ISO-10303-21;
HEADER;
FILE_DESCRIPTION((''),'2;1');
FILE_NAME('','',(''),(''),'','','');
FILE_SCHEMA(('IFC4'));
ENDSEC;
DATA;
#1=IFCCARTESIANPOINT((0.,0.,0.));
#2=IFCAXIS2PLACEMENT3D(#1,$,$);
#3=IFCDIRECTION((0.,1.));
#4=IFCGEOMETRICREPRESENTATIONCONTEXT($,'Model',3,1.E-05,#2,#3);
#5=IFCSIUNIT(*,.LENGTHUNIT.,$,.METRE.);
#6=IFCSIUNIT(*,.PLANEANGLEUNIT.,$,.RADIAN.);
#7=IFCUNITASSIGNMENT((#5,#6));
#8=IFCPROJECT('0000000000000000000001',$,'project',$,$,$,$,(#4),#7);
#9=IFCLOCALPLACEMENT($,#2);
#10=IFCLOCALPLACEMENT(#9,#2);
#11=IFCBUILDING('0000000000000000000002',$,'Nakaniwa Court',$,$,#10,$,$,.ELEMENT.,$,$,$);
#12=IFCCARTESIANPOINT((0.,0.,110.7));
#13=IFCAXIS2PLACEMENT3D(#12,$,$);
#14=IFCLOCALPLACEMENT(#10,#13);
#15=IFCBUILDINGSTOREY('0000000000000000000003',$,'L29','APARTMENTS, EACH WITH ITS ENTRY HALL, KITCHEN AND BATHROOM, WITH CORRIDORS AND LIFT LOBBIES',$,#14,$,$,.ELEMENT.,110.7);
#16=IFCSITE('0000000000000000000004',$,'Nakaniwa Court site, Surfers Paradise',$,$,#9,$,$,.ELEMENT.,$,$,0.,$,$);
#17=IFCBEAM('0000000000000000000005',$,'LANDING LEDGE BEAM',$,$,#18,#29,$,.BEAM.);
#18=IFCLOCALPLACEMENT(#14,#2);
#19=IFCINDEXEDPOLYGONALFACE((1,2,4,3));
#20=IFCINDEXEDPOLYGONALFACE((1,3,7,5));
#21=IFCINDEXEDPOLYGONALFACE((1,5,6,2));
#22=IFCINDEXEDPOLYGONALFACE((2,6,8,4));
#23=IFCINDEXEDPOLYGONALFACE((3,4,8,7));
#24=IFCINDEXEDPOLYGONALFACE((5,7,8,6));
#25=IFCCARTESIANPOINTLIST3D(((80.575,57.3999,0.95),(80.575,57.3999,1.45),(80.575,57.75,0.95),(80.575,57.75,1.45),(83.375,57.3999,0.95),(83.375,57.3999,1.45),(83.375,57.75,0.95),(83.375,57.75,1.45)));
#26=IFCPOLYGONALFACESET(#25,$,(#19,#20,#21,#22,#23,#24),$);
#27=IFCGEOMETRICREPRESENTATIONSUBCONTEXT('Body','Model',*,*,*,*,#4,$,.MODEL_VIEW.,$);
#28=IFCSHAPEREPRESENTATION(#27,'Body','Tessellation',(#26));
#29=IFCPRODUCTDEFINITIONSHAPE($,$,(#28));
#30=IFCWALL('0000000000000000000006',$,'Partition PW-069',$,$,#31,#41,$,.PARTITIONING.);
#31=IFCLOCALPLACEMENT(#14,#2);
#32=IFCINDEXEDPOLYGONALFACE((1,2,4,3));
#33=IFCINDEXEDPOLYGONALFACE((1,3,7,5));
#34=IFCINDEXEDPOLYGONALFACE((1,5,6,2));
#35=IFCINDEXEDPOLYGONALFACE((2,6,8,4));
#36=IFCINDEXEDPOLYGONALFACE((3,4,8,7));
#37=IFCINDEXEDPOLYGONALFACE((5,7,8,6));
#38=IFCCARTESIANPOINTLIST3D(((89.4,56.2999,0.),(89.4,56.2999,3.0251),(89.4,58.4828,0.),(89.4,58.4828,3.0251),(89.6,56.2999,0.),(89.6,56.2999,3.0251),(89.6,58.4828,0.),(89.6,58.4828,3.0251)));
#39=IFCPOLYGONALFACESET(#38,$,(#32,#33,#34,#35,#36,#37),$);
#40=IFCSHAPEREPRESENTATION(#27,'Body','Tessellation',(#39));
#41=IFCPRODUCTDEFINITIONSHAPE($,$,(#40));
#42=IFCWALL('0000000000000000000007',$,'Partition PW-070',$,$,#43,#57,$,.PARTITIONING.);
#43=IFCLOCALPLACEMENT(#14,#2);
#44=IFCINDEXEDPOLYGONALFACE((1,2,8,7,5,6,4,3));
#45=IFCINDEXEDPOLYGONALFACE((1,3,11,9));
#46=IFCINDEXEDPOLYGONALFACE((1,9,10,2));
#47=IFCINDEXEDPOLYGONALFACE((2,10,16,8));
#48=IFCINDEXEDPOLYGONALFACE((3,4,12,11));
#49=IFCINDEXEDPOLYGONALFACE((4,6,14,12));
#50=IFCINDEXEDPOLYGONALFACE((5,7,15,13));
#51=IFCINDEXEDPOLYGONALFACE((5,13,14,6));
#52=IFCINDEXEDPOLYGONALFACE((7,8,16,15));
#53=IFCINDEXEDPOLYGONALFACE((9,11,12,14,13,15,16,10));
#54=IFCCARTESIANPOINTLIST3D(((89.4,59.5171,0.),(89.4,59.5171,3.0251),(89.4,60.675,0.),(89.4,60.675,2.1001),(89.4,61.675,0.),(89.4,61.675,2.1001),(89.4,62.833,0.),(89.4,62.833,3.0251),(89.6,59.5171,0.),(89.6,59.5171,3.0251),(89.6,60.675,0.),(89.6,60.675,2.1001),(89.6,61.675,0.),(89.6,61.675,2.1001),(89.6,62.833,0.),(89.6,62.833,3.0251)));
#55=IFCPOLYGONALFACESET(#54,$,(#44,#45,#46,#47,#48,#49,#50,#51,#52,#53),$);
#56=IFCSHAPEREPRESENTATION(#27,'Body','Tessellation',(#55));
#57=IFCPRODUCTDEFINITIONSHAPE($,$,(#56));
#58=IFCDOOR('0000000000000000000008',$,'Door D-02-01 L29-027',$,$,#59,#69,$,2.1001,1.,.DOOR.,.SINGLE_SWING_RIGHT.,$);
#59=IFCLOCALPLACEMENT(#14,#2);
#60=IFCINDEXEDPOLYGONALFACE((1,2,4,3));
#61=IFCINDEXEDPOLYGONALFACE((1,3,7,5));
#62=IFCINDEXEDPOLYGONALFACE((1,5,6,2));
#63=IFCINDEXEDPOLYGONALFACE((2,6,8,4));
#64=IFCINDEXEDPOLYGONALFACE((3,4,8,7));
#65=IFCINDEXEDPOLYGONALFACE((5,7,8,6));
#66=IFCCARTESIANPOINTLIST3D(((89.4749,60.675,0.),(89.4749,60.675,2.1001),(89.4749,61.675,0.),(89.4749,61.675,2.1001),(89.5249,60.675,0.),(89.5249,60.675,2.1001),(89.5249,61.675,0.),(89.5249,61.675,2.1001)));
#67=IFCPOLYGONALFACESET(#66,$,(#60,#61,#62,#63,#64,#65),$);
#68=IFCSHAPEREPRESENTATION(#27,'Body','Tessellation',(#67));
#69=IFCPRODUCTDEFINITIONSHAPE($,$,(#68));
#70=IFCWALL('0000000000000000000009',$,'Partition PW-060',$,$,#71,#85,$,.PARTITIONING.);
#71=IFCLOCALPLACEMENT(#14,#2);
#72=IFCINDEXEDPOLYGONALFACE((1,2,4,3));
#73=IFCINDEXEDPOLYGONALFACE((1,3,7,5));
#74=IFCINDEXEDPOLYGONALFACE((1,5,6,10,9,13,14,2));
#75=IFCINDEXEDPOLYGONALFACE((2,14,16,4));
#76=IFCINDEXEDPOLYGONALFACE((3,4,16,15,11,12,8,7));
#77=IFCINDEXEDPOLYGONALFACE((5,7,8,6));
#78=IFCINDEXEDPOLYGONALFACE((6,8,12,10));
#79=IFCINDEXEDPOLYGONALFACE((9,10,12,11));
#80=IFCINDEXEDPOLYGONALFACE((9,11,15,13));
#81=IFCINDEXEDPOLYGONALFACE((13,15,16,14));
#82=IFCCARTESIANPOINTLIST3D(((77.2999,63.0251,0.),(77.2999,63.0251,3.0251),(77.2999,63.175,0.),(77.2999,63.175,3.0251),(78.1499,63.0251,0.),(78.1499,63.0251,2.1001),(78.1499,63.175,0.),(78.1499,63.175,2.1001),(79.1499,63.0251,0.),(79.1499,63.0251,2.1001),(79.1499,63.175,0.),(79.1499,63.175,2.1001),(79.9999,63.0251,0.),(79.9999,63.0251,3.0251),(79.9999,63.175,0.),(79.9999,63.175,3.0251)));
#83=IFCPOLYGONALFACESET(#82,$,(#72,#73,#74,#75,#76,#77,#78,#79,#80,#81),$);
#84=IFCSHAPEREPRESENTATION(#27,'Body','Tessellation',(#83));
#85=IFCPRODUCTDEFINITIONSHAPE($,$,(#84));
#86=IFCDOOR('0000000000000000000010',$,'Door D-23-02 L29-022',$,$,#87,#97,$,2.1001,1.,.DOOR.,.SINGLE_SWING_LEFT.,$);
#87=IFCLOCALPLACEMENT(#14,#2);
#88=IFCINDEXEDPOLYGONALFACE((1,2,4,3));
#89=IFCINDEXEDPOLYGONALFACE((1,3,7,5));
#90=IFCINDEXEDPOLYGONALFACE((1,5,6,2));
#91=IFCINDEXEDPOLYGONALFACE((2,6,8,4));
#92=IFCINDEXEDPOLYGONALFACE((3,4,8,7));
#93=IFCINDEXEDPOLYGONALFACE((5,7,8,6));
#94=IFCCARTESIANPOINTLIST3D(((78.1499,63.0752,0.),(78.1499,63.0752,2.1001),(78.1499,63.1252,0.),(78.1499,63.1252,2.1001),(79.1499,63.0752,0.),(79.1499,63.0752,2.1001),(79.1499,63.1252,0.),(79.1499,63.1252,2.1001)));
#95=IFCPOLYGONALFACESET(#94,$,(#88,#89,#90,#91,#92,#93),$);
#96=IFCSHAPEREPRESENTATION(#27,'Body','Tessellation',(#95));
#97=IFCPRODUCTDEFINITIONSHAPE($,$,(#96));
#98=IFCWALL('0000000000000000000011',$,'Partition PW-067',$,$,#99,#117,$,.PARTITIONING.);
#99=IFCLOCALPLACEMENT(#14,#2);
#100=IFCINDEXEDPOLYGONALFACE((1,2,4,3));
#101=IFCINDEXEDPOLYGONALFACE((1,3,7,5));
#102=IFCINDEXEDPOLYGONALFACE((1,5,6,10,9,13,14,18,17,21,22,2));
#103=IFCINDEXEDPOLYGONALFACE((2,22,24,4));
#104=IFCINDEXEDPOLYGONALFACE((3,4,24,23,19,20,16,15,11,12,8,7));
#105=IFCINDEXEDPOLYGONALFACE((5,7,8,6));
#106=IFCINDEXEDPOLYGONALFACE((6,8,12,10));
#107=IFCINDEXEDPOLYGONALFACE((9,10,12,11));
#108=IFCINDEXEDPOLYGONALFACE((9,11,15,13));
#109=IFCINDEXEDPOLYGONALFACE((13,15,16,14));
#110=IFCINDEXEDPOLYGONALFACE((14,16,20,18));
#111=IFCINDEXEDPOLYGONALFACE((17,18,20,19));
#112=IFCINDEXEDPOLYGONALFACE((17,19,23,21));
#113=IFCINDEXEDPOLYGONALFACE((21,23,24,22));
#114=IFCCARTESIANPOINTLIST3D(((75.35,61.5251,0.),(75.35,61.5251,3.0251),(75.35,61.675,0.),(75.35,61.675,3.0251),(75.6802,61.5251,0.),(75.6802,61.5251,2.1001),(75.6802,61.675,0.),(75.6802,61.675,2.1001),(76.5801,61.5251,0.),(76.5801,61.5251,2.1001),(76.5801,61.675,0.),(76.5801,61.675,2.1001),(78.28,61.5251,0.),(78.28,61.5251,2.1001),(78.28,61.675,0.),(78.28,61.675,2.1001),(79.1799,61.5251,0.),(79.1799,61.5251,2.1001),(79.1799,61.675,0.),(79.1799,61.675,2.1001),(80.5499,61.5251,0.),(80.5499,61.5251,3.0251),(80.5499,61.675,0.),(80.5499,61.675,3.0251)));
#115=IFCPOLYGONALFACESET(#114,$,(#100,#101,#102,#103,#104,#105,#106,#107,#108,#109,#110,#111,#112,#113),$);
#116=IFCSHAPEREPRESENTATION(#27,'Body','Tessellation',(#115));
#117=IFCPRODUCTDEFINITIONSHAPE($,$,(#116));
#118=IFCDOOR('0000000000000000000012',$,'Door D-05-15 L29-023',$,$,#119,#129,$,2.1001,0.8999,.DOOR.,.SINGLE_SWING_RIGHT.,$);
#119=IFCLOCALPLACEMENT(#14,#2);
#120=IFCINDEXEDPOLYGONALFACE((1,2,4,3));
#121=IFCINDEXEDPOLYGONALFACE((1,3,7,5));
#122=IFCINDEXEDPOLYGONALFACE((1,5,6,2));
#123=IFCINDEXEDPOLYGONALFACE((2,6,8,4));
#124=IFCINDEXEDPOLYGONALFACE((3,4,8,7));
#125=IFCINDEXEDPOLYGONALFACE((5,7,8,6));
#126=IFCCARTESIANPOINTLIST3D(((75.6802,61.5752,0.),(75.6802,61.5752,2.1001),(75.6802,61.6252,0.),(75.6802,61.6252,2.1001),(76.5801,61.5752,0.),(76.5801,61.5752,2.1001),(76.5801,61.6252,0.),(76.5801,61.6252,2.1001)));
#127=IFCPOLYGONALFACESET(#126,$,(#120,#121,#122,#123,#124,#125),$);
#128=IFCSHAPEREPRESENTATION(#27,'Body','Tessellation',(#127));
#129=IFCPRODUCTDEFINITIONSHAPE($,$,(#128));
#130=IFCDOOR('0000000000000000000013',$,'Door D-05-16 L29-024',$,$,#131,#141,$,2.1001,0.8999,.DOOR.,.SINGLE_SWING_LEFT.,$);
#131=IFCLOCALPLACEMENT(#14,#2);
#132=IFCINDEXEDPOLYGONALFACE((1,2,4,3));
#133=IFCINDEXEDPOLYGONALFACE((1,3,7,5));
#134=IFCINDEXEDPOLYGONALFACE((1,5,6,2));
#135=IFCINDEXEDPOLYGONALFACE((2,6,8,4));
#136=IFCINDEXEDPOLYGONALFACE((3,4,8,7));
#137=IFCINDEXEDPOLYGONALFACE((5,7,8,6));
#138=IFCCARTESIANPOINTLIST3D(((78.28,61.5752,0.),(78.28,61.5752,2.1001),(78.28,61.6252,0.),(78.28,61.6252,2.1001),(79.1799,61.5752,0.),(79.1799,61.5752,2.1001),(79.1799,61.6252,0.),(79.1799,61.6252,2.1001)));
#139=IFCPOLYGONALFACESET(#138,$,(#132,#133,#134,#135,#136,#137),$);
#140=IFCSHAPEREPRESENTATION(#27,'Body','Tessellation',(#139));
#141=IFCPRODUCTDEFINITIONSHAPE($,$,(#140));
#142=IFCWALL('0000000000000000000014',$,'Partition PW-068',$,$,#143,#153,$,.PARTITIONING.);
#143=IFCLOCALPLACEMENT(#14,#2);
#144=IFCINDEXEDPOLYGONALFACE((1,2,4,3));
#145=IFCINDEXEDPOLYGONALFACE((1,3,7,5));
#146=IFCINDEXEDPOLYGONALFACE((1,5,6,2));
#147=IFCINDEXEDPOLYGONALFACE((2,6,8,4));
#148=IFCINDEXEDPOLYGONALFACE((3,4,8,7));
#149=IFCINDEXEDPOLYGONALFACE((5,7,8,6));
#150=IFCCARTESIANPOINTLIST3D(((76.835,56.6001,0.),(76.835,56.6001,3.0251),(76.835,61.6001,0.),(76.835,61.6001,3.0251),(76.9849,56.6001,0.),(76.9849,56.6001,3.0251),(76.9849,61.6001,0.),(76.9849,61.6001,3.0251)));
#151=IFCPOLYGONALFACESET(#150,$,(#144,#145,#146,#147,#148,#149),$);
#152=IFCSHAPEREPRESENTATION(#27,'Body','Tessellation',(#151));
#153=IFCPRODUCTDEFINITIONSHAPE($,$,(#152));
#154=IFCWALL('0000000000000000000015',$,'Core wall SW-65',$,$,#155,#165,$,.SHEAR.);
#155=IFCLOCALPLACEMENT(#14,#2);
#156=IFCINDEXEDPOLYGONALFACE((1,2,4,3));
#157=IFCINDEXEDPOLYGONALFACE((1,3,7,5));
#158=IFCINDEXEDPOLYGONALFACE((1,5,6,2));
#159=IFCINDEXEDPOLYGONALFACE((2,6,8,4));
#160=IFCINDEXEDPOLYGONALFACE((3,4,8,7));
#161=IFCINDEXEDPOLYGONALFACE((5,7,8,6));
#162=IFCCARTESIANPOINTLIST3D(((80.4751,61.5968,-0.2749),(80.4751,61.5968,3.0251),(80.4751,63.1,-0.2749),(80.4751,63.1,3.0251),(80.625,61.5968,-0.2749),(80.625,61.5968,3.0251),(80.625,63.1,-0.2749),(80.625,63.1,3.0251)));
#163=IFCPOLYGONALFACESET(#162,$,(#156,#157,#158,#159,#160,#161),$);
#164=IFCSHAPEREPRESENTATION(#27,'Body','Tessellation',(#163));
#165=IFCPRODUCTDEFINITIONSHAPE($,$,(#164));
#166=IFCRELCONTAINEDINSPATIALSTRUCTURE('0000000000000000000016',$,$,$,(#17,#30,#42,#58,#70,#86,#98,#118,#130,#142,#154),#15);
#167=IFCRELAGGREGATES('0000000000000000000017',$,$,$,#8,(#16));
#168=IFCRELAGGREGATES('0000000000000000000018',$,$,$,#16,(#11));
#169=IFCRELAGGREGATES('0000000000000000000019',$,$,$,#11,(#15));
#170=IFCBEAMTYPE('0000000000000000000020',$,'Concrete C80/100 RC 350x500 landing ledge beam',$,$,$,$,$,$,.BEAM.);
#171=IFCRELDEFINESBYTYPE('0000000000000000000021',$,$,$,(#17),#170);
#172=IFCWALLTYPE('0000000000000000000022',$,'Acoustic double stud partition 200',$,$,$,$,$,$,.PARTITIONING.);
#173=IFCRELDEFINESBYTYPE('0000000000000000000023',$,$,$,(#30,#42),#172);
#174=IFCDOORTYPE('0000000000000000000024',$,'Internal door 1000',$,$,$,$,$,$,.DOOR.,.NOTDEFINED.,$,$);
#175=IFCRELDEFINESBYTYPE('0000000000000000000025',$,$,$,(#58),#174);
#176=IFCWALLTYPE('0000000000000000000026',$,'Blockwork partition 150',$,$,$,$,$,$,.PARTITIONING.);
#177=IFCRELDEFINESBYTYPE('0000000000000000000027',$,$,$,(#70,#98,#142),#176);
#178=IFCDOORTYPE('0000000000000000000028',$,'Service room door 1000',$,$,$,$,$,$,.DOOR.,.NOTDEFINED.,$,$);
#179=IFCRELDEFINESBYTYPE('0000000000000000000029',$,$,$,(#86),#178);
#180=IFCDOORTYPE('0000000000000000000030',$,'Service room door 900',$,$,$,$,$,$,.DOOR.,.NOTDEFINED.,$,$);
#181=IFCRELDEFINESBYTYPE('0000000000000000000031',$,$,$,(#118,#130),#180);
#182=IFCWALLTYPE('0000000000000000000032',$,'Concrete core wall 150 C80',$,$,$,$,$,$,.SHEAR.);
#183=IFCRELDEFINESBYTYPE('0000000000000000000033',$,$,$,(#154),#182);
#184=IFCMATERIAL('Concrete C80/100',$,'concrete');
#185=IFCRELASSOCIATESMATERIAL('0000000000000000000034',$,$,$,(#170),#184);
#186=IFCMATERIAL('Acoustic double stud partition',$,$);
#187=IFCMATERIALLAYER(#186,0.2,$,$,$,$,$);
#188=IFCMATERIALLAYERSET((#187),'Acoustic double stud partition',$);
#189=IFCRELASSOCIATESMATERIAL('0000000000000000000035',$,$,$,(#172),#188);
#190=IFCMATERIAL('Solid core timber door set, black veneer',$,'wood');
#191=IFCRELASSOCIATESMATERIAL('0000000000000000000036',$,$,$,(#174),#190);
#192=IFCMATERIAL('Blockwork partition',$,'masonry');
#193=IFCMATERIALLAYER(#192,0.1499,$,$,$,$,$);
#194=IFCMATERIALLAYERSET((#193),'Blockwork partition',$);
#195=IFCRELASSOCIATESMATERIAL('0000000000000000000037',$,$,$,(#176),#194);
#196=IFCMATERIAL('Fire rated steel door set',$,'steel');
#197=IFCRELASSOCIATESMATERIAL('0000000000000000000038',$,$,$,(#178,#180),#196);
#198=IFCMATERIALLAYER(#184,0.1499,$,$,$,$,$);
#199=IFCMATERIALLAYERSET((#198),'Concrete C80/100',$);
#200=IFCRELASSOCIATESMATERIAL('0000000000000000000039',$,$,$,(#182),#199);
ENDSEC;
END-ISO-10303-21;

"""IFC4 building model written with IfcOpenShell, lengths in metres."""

from ifc_helpers import new_model, si_unit, direction, frame, frame_2d, origin, origin_2d, place, context, subcontext, project, spatial, rectangle, extrude, material, layer, layer_set, material_profile, profile_set, type_object, element, fill, save


model = new_model("IFC4")

# Units and contexts
model_context = context("Model", 3, precision=1e-05, world=origin(), true_north=direction((0.0, 1.0)))
body_context = subcontext(model_context, "Body", "Model", "MODEL_VIEW")
ifc_project = project(units=[si_unit("LENGTHUNIT", "METRE"), si_unit("PLANEANGLEUNIT", "RADIAN")], contexts=[model_context])

# Site, building, storey
site_placement = place(None, origin())
site = spatial("IfcSite", under=ifc_project, at=site_placement, Name="Nakaniwa Court site, Surfers Paradise", CompositionType="ELEMENT", RefElevation=0.0)
building_placement = place(site_placement, origin())
building = spatial("IfcBuilding", under=site, at=building_placement, Name="Nakaniwa Court", CompositionType="ELEMENT")
storey_placement = place(building_placement, frame((0.0, 0.0, 110.7)))
storey = spatial("IfcBuildingStorey", under=building, at=storey_placement, Name="L29", Description="APARTMENTS, EACH WITH ITS ENTRY HALL, KITCHEN AND BATHROOM, WITH CORRIDORS AND LIFT LOBBIES", CompositionType="ELEMENT", Elevation=110.7)

# Beam
ifc_material_1 = material(Name="Concrete C80/100", Category="concrete")
ifc_material_profile = material_profile(ifc_material_1, rectangle(XDim=0.3501, YDim=0.5, at=origin_2d()), Name="Concrete C80/100 RC 350x500 landing ledge beam")
ifc_profile_set = profile_set([ifc_material_profile], Name="Concrete C80/100")
beam_type = type_object("IfcBeamType", Name="Concrete C80/100 RC 350x500 landing ledge beam", PredefinedType="BEAM", material=ifc_profile_set)
beam_placement = place(storey_placement, frame((80.575, 57.575, 1.2), z_axis=(1.0, 0.0, 0.0), x_axis=(0.0, 1.0, 0.0)))
element("IfcBeam", 1, at=beam_placement, inside=storey, type_object=beam_type, Name="LANDING LEDGE BEAM", PredefinedType="BEAM", context=body_context, shape_type="SweptSolid", body=[
    extrude(rectangle(XDim=0.3501, YDim=0.5, at=origin_2d()), origin(), (0.0, 0.0, 1.0), 2.8),
])

# Wall
ifc_material_2 = material(Name="Acoustic double stud partition")
ifc_layer_1 = layer(ifc_material_2, 0.2)
ifc_layer_set_1 = layer_set([ifc_layer_1], Name="Acoustic double stud partition")
wall_type_1 = type_object("IfcWallType", Name="Acoustic double stud partition 200", PredefinedType="PARTITIONING", material=ifc_layer_set_1)
wall_1_placement = place(storey_placement, frame((89.5, 56.3, 0.0), z_axis=(0.0, 0.0, 1.0), x_axis=(0.0, 1.0, 0.0)))
element("IfcWall", 2, at=wall_1_placement, inside=storey, type_object=wall_type_1, Name="Partition PW-069", PredefinedType="PARTITIONING", context=body_context, shape_type="SweptSolid", body=[
    extrude(rectangle(XDim=2.1829, YDim=0.2, at=frame_2d((1.0913, 0.0))), origin(), (0.0, 0.0, 1.0), 3.0251),
])

# Walls, openings, doors
wall_2_placement = place(storey_placement, frame((89.5, 62.833, 0.0), z_axis=(0.0, 0.0, 1.0), x_axis=(0.0, -1.0, 0.0)))
wall_2 = element("IfcWall", 3, at=wall_2_placement, inside=storey, type_object=wall_type_1, Name="Partition PW-070", PredefinedType="PARTITIONING", context=body_context, shape_type="SweptSolid", body=[
    extrude(rectangle(XDim=3.3159, YDim=0.2, at=frame_2d((1.658, 0.0))), origin(), (0.0, 0.0, 1.0), 3.0251),
])
opening_1_placement = place(wall_2_placement, frame((1.158, 0.0, 0.0)))
opening_1 = element("IfcOpeningElement", 4, at=opening_1_placement, cuts=wall_2, PredefinedType="OPENING", context=body_context, shape_type="SweptSolid", body=[
    extrude(rectangle(XDim=1.0, YDim=2.1001, at=frame_2d((0.5, 1.05))), frame((0.0, 0.1099, 0.0), z_axis=(0.0, -1.0, 0.0), x_axis=(1.0, 0.0, 0.0)), (0.0, 0.0, 1.0), 0.22),
])
ifc_material_3 = material(Name="Solid core timber door set, black veneer", Category="wood")
door_type_1 = type_object("IfcDoorType", Name="Internal door 1000", OperationType="NOTDEFINED", PredefinedType="DOOR", material=ifc_material_3)
door_1_placement = place(opening_1_placement, origin())
door_1 = element("IfcDoor", 5, at=door_1_placement, inside=storey, type_object=door_type_1, Name="Door D-02-01 L29-027", OperationType="SINGLE_SWING_RIGHT", OverallHeight=2.1001, OverallWidth=1.0, PredefinedType="DOOR", context=body_context, shape_type="SweptSolid", body=[
    extrude(rectangle(XDim=1.0, YDim=2.1001, at=frame_2d((0.5, 1.05))), frame((0.0, 0.0249, 0.0), z_axis=(0.0, -1.0, 0.0), x_axis=(1.0, 0.0, 0.0)), (0.0, 0.0, 1.0), 0.05),
])
fill(opening_1, door_1)
ifc_material_4 = material(Name="Blockwork partition", Category="masonry")
ifc_layer_2 = layer(ifc_material_4, 0.1499)
ifc_layer_set_2 = layer_set([ifc_layer_2], Name="Blockwork partition")
wall_type_2 = type_object("IfcWallType", Name="Blockwork partition 150", PredefinedType="PARTITIONING", material=ifc_layer_set_2)
wall_3_placement = place(storey_placement, frame((80.0, 63.1001, 0.0), z_axis=(0.0, 0.0, 1.0), x_axis=(-1.0, 0.0, 0.0)))
wall_3 = element("IfcWall", 6, at=wall_3_placement, inside=storey, type_object=wall_type_2, Name="Partition PW-060", PredefinedType="PARTITIONING", context=body_context, shape_type="SweptSolid", body=[
    extrude(rectangle(XDim=2.7, YDim=0.1499, at=frame_2d((1.3501, 0.0))), origin(), (0.0, 0.0, 1.0), 3.0251),
])
opening_2_placement = place(wall_3_placement, frame((0.8501, 0.0, 0.0)))
opening_2 = element("IfcOpeningElement", 7, at=opening_2_placement, cuts=wall_3, PredefinedType="OPENING", context=body_context, shape_type="SweptSolid", body=[
    extrude(rectangle(XDim=1.0, YDim=2.1001, at=frame_2d((0.5, 1.05))), frame((0.0, 0.085, 0.0), z_axis=(0.0, -1.0, 0.0), x_axis=(1.0, 0.0, 0.0)), (0.0, 0.0, 1.0), 0.1699),
])
ifc_material_5 = material(Name="Fire rated steel door set", Category="steel")
door_type_2 = type_object("IfcDoorType", Name="Service room door 1000", OperationType="NOTDEFINED", PredefinedType="DOOR", material=ifc_material_5)
door_2_placement = place(opening_2_placement, origin())
door_2 = element("IfcDoor", 8, at=door_2_placement, inside=storey, type_object=door_type_2, Name="Door D-23-02 L29-022", OperationType="SINGLE_SWING_LEFT", OverallHeight=2.1001, OverallWidth=1.0, PredefinedType="DOOR", context=body_context, shape_type="SweptSolid", body=[
    extrude(rectangle(XDim=1.0, YDim=2.1001, at=frame_2d((0.5, 1.05))), frame((0.0, 0.0249, 0.0), z_axis=(0.0, -1.0, 0.0), x_axis=(1.0, 0.0, 0.0)), (0.0, 0.0, 1.0), 0.05),
])
fill(opening_2, door_2)

# Wall, openings, doors
wall_4_placement = place(storey_placement, frame((80.55, 61.6001, 0.0), z_axis=(0.0, 0.0, 1.0), x_axis=(-1.0, 0.0, 0.0)))
wall_4 = element("IfcWall", 9, at=wall_4_placement, inside=storey, type_object=wall_type_2, Name="Partition PW-067", PredefinedType="PARTITIONING", context=body_context, shape_type="SweptSolid", body=[
    extrude(rectangle(XDim=5.2, YDim=0.1499, at=frame_2d((2.6001, 0.0))), origin(), (0.0, 0.0, 1.0), 3.0251),
])
opening_3_placement = place(wall_4_placement, frame((3.97, 0.0, 0.0)))
opening_3 = element("IfcOpeningElement", 10, at=opening_3_placement, cuts=wall_4, PredefinedType="OPENING", context=body_context, shape_type="SweptSolid", body=[
    extrude(rectangle(XDim=0.8999, YDim=2.1001, at=frame_2d((0.45, 1.05))), frame((0.0, 0.085, 0.0), z_axis=(0.0, -1.0, 0.0), x_axis=(1.0, 0.0, 0.0)), (0.0, 0.0, 1.0), 0.1699),
])
opening_4_placement = place(wall_4_placement, frame((1.3701, 0.0, 0.0)))
opening_4 = element("IfcOpeningElement", 11, at=opening_4_placement, cuts=wall_4, PredefinedType="OPENING", context=body_context, shape_type="SweptSolid", body=[
    extrude(rectangle(XDim=0.8999, YDim=2.1001, at=frame_2d((0.45, 1.05))), frame((0.0, 0.085, 0.0), z_axis=(0.0, -1.0, 0.0), x_axis=(1.0, 0.0, 0.0)), (0.0, 0.0, 1.0), 0.1699),
])
door_type_3 = type_object("IfcDoorType", Name="Service room door 900", OperationType="NOTDEFINED", PredefinedType="DOOR", material=ifc_material_5)
door_3_placement = place(opening_3_placement, origin())
door_3 = element("IfcDoor", 12, at=door_3_placement, inside=storey, type_object=door_type_3, Name="Door D-05-15 L29-023", OperationType="SINGLE_SWING_RIGHT", OverallHeight=2.1001, OverallWidth=0.8999, PredefinedType="DOOR", context=body_context, shape_type="SweptSolid", body=[
    extrude(rectangle(XDim=0.8999, YDim=2.1001, at=frame_2d((0.45, 1.05))), frame((0.0, 0.0249, 0.0), z_axis=(0.0, -1.0, 0.0), x_axis=(1.0, 0.0, 0.0)), (0.0, 0.0, 1.0), 0.05),
])
fill(opening_3, door_3)
door_4_placement = place(opening_4_placement, origin())
door_4 = element("IfcDoor", 13, at=door_4_placement, inside=storey, type_object=door_type_3, Name="Door D-05-16 L29-024", OperationType="SINGLE_SWING_LEFT", OverallHeight=2.1001, OverallWidth=0.8999, PredefinedType="DOOR", context=body_context, shape_type="SweptSolid", body=[
    extrude(rectangle(XDim=0.8999, YDim=2.1001, at=frame_2d((0.45, 1.05))), frame((0.0, 0.0249, 0.0), z_axis=(0.0, -1.0, 0.0), x_axis=(1.0, 0.0, 0.0)), (0.0, 0.0, 1.0), 0.05),
])
fill(opening_4, door_4)

# Walls
wall_5_placement = place(storey_placement, frame((76.9099, 56.6001, 0.0), z_axis=(0.0, 0.0, 1.0), x_axis=(0.0, 1.0, 0.0)))
element("IfcWall", 14, at=wall_5_placement, inside=storey, type_object=wall_type_2, Name="Partition PW-068", PredefinedType="PARTITIONING", context=body_context, shape_type="SweptSolid", body=[
    extrude(rectangle(XDim=5.0, YDim=0.1499, at=frame_2d((2.5, 0.0))), origin(), (0.0, 0.0, 1.0), 3.0251),
])
ifc_layer_3 = layer(ifc_material_1, 0.1499)
ifc_layer_set_3 = layer_set([ifc_layer_3], Name="Concrete C80/100")
wall_type_3 = type_object("IfcWallType", Name="Concrete core wall 150 C80", PredefinedType="SHEAR", material=ifc_layer_set_3)
wall_6_placement = place(storey_placement, frame((80.55, 61.5969, -0.2749), z_axis=(0.0, 0.0, 1.0), x_axis=(0.0, 1.0, 0.0)))
element("IfcWall", 15, at=wall_6_placement, inside=storey, type_object=wall_type_3, Name="Core wall SW-65", PredefinedType="SHEAR", context=body_context, shape_type="SweptSolid", body=[
    extrude(rectangle(XDim=1.5032, YDim=0.1499, at=frame_2d((0.7515, 0.0))), origin(), (0.0, 0.0, 1.0), 3.3),
])

save(model, "model.ifc")
